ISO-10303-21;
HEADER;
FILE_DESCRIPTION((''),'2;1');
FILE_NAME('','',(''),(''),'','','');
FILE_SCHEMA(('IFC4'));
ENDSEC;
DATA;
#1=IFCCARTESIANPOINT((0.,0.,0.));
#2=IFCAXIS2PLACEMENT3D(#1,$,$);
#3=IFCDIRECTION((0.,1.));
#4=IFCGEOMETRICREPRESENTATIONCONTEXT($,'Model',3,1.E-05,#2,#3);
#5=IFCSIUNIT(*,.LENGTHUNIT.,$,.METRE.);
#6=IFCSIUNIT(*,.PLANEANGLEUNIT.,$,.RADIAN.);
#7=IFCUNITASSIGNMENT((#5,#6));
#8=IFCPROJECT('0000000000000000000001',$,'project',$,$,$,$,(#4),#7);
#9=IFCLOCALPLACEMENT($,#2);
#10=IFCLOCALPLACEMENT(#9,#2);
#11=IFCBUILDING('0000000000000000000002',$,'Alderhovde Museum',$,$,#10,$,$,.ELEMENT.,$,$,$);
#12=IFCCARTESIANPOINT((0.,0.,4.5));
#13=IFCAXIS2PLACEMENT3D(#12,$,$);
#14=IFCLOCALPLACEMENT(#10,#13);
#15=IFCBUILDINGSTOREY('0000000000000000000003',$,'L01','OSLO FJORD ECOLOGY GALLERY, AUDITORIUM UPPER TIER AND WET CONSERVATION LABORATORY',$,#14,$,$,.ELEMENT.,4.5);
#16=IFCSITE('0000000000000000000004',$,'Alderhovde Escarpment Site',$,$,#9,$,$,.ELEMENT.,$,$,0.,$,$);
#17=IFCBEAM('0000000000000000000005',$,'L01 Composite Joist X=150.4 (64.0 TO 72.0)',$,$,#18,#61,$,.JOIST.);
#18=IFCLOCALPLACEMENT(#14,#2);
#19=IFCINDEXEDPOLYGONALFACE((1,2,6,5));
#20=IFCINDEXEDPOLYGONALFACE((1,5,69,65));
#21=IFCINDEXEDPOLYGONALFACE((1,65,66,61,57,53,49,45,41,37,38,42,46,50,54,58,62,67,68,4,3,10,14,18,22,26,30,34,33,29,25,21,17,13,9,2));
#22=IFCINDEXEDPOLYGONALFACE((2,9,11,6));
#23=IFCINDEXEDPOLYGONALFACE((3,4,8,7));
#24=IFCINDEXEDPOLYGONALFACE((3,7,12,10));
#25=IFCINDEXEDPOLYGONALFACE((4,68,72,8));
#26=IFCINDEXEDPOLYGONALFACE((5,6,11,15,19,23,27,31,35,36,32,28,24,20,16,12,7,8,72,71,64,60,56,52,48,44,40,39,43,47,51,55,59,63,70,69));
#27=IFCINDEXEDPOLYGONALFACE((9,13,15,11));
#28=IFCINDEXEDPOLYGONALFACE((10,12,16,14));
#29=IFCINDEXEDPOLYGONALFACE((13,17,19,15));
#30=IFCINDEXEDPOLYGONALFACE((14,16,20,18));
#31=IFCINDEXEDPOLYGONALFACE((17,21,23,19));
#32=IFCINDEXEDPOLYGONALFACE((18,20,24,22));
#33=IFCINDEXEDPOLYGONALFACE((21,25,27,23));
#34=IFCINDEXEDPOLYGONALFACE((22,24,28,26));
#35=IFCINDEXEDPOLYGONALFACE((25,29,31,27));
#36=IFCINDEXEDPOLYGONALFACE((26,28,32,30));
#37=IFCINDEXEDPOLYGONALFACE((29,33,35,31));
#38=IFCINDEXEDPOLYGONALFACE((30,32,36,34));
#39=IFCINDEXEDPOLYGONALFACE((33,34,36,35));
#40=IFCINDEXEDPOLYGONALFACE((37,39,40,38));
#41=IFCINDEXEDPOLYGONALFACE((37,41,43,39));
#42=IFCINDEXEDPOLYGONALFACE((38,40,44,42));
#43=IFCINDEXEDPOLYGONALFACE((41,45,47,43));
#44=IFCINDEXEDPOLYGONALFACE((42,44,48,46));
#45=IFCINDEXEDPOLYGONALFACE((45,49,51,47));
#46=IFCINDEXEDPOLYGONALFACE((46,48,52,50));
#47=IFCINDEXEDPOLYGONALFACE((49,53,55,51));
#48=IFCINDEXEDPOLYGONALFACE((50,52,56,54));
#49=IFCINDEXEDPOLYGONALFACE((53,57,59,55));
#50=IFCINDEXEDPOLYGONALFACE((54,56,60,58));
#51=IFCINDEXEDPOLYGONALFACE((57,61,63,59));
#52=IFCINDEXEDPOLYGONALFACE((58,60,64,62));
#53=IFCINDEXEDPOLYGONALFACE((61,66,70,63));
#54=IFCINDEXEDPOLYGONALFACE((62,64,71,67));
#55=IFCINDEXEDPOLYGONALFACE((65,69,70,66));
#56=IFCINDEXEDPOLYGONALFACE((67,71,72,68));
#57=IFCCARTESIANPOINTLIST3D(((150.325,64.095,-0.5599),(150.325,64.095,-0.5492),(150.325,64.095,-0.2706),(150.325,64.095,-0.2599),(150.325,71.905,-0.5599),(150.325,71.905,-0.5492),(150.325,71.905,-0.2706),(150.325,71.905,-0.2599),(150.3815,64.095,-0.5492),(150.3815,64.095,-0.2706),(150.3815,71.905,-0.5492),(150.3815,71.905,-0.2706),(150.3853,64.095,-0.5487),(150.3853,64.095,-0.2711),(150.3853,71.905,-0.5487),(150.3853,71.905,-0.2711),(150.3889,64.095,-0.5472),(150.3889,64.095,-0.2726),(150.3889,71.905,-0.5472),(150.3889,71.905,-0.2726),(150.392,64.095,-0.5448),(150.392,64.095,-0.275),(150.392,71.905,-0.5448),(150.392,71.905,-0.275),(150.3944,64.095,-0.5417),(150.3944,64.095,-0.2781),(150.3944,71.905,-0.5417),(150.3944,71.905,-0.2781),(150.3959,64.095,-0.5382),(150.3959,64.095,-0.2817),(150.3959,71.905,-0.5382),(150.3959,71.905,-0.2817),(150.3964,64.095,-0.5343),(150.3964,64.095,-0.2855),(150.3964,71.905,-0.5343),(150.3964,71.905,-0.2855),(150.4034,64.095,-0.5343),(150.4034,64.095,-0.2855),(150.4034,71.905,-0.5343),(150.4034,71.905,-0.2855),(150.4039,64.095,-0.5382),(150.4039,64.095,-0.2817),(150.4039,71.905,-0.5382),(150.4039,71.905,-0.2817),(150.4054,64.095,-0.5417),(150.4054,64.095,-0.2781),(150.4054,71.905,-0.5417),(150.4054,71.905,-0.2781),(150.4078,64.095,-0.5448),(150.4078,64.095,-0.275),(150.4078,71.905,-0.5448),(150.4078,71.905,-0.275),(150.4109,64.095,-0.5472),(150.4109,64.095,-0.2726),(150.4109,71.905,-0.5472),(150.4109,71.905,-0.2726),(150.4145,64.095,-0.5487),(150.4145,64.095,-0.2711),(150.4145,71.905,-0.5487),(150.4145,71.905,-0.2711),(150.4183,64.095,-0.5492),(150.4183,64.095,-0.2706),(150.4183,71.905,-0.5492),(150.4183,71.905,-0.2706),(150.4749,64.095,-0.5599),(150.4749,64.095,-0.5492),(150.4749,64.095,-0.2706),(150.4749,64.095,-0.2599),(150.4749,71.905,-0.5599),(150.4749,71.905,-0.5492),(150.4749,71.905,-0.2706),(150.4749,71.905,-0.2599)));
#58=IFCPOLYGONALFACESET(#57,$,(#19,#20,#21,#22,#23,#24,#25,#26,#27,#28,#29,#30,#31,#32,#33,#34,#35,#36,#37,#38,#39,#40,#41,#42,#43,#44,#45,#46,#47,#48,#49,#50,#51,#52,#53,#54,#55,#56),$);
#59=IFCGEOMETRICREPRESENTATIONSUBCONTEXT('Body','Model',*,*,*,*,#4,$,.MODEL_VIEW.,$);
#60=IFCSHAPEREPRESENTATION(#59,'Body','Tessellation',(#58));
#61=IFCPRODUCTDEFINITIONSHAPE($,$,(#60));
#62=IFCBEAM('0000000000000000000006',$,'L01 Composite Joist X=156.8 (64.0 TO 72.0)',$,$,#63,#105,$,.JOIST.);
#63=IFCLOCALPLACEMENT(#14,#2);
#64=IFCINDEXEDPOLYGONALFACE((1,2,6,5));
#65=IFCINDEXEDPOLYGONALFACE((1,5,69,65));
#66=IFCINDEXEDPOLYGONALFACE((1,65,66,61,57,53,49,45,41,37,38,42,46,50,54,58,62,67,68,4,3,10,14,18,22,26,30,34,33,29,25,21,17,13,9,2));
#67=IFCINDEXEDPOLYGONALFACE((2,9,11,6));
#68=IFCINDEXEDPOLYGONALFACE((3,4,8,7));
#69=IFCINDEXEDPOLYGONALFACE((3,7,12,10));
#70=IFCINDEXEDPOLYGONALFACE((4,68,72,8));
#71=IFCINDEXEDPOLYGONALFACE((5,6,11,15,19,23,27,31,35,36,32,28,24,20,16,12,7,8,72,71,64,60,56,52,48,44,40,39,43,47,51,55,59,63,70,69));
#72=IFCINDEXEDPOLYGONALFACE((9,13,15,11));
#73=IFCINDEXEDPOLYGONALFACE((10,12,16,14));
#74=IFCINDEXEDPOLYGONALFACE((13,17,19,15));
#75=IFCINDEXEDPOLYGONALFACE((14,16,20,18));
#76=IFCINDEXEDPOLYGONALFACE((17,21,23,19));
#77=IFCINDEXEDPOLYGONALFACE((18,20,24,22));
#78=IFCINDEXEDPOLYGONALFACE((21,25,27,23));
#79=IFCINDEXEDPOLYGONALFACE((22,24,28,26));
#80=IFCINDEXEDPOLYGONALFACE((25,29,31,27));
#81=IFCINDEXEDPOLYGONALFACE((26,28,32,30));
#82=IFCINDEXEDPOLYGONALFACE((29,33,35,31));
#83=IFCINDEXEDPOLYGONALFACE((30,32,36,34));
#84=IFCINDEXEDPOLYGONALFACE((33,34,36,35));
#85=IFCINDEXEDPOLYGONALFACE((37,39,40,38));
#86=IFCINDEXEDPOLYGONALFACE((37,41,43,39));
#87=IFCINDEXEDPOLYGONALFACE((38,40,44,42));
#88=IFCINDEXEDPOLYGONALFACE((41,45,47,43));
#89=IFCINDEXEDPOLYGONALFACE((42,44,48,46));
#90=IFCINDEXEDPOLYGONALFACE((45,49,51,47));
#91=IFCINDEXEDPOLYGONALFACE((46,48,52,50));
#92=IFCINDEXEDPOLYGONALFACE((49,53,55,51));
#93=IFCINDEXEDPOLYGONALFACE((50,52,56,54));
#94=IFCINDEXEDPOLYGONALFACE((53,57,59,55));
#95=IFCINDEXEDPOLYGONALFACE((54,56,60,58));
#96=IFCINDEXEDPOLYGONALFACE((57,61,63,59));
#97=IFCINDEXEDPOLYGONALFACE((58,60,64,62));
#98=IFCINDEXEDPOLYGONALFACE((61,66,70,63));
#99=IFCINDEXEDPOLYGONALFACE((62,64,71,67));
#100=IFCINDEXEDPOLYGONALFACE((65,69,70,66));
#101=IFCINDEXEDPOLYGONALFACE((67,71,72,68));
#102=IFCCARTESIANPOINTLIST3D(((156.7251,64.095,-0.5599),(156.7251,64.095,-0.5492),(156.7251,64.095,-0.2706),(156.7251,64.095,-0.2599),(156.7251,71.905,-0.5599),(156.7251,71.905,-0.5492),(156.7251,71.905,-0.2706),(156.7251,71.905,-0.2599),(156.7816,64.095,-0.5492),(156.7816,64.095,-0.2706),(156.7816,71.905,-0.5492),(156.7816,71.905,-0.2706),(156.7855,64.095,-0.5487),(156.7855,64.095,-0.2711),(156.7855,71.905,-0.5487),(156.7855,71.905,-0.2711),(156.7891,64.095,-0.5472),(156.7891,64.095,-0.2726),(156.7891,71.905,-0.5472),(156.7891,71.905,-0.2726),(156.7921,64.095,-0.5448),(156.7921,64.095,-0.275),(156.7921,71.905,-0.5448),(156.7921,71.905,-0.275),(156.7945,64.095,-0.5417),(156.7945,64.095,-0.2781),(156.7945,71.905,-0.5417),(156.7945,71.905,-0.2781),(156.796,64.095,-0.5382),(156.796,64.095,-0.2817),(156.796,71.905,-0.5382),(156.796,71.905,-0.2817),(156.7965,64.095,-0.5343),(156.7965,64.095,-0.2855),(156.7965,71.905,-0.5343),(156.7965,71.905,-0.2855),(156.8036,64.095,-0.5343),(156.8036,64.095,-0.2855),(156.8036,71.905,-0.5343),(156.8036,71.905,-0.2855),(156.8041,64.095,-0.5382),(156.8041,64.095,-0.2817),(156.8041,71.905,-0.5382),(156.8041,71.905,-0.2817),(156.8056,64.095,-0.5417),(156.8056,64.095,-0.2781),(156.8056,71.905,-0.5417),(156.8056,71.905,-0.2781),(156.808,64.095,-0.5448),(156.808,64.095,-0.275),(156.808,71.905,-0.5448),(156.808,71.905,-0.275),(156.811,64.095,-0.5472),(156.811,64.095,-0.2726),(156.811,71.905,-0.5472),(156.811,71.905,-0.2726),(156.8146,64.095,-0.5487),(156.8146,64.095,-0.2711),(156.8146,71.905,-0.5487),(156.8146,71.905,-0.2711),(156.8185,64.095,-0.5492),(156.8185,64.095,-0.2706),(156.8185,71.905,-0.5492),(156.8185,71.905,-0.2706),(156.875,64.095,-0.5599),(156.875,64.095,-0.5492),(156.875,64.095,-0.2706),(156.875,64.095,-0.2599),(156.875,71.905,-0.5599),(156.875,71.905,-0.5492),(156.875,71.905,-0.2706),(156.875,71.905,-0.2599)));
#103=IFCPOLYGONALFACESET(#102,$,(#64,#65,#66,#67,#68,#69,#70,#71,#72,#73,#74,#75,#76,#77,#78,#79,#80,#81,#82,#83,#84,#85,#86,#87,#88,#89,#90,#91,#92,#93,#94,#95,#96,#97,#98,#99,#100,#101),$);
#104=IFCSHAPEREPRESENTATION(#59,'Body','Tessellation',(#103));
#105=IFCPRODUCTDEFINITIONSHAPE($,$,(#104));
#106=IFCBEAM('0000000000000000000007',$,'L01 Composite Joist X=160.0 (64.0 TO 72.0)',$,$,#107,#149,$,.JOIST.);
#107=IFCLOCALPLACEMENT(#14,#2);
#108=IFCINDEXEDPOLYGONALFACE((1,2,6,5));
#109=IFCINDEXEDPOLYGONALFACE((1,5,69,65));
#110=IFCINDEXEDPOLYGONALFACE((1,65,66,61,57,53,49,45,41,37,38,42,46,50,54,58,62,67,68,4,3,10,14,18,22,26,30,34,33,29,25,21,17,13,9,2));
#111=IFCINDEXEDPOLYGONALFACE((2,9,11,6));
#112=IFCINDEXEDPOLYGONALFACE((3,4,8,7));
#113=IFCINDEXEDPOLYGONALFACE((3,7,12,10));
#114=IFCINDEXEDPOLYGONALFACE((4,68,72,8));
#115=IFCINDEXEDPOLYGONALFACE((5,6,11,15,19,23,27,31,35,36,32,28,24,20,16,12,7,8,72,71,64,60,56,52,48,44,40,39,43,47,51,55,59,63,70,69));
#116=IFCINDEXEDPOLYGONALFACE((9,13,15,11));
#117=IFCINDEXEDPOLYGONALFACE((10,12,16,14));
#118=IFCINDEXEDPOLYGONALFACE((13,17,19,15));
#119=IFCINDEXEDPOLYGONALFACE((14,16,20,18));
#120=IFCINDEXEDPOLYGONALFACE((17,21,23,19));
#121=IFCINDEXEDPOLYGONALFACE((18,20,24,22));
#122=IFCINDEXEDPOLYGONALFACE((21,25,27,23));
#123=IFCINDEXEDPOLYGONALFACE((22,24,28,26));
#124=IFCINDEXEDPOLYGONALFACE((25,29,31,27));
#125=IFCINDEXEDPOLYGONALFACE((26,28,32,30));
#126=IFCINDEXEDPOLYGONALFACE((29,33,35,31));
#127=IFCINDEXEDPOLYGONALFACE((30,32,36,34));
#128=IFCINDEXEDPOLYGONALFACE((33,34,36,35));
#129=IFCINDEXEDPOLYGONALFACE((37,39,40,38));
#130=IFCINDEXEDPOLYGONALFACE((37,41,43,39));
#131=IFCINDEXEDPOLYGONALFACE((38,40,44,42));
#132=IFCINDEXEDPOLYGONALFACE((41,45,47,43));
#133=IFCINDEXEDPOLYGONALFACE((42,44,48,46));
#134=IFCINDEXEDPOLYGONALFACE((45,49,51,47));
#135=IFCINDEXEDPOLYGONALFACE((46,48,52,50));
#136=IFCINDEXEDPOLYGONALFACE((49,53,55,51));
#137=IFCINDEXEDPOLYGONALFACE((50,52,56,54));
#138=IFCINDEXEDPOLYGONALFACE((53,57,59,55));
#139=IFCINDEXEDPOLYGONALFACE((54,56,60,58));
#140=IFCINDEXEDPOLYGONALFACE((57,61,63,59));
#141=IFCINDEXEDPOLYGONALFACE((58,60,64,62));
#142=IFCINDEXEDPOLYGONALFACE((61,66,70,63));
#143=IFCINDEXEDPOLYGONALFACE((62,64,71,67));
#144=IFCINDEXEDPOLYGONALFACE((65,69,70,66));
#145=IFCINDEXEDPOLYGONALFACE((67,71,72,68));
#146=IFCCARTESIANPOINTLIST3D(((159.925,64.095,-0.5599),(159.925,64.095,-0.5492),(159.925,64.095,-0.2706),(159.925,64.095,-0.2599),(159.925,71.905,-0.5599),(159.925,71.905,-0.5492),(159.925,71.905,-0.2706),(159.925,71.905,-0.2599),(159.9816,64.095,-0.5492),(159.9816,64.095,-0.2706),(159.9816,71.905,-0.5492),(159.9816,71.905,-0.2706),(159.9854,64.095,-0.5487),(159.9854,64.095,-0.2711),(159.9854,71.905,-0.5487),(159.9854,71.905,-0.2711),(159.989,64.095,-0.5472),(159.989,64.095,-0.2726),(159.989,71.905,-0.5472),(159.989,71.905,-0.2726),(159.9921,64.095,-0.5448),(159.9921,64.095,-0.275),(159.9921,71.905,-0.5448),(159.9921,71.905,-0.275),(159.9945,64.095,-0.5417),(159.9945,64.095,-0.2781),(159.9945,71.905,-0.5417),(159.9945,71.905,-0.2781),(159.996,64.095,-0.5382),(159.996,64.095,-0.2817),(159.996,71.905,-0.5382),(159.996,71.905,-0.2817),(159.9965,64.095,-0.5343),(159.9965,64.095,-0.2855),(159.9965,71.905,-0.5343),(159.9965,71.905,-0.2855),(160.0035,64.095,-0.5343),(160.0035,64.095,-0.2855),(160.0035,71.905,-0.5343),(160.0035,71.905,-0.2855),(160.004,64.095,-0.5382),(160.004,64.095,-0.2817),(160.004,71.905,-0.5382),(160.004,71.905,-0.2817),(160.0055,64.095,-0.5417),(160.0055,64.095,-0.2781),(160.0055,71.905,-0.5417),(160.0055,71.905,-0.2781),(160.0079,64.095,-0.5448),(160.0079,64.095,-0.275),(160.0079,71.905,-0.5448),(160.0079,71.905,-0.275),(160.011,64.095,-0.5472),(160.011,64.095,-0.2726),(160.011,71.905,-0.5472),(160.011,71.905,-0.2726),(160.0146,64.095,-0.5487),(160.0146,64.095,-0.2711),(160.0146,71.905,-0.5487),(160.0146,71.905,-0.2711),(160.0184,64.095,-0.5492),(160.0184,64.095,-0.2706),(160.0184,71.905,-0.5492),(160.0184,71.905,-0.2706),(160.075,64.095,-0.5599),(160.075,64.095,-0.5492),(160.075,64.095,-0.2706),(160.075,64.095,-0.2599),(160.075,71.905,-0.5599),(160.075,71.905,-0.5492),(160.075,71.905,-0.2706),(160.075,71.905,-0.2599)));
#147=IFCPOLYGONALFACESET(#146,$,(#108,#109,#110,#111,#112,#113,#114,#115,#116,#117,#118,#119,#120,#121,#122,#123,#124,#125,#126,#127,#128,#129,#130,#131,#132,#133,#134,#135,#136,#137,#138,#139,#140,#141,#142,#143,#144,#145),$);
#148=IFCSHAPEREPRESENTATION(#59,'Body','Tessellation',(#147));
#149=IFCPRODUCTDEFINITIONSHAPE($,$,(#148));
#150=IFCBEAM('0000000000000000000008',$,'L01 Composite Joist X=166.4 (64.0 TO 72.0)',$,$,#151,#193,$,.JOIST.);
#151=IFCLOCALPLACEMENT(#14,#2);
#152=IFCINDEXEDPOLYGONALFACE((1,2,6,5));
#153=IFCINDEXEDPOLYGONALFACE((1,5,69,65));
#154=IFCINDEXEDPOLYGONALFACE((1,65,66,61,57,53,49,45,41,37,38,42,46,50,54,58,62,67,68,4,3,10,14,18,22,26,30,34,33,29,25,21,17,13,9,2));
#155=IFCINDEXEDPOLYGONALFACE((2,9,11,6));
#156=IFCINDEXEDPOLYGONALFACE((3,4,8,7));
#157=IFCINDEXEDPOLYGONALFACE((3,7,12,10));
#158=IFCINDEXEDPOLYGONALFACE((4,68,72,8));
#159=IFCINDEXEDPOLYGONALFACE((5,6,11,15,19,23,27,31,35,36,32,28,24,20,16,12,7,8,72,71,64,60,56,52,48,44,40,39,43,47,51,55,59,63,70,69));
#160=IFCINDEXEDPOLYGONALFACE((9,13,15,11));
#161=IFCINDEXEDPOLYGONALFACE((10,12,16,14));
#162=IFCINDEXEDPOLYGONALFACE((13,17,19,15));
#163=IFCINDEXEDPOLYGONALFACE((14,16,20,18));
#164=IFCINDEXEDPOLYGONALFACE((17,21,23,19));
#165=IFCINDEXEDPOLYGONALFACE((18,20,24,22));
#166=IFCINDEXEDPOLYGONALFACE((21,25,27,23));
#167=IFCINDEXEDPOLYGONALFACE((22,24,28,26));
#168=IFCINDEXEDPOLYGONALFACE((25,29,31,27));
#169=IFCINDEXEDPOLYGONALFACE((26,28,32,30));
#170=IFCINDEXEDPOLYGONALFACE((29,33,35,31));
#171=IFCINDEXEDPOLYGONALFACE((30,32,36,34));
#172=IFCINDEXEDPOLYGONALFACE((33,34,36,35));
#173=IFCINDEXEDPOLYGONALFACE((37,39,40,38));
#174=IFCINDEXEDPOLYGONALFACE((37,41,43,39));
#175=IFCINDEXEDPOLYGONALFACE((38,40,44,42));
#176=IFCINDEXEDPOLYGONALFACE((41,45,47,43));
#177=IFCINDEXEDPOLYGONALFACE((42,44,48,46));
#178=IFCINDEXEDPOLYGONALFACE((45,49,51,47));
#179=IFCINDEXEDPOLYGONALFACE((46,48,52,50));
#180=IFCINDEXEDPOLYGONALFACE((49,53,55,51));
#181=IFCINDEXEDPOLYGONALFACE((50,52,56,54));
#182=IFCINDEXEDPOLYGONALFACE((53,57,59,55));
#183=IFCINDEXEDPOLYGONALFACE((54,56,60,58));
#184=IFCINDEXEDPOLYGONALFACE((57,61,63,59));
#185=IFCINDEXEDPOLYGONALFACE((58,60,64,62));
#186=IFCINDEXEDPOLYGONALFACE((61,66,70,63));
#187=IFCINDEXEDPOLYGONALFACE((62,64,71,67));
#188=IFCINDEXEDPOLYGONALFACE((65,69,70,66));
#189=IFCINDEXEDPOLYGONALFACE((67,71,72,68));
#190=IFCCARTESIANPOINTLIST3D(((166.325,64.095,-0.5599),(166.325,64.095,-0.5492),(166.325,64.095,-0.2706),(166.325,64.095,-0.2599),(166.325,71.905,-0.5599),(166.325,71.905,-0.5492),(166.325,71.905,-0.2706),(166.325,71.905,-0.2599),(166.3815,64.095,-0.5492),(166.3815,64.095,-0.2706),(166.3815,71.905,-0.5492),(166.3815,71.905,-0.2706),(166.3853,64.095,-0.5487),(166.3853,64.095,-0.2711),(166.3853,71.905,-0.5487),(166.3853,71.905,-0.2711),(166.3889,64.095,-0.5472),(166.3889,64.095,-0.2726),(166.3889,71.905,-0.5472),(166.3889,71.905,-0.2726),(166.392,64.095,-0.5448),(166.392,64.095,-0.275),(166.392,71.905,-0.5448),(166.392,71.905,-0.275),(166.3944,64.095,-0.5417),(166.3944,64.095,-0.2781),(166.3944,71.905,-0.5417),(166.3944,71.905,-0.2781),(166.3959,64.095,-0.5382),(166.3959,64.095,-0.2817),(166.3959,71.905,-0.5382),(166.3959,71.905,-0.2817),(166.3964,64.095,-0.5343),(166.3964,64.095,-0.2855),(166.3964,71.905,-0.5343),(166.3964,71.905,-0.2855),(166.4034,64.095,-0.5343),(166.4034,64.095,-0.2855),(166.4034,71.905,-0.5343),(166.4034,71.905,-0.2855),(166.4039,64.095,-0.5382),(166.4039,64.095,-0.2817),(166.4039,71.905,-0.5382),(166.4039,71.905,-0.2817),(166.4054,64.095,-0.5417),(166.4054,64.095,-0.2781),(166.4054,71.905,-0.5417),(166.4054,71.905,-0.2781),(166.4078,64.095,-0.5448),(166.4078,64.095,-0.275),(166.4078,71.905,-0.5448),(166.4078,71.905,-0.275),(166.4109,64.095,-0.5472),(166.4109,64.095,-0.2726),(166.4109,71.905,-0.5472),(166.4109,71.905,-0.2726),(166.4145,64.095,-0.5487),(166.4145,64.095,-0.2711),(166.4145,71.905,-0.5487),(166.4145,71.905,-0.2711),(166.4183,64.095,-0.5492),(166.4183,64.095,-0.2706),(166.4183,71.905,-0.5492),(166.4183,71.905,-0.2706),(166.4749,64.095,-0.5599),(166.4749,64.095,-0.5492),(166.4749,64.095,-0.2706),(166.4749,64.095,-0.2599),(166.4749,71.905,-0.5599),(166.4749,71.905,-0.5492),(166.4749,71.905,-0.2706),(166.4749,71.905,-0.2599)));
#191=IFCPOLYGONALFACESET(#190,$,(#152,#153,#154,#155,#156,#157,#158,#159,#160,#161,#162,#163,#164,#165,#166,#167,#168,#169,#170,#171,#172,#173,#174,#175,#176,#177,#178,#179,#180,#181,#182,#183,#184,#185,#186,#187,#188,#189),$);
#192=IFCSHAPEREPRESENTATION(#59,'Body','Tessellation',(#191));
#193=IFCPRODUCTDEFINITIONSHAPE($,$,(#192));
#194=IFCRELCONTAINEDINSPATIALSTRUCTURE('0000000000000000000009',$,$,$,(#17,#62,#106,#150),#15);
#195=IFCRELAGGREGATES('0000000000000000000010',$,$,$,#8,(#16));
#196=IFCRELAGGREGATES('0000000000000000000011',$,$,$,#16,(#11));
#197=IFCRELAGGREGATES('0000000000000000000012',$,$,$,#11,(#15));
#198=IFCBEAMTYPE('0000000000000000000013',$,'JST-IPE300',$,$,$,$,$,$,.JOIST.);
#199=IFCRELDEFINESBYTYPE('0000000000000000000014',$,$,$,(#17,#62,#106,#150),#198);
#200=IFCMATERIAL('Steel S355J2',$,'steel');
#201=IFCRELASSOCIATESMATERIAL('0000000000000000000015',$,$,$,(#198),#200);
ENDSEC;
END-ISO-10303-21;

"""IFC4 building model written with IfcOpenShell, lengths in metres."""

from ifc_helpers import new_model, si_unit, direction, frame, origin, origin_2d, place, context, subcontext, project, spatial, i_section, extrude, material, material_profile, profile_set, type_object, element, save


model = new_model("IFC4")

# Units and contexts
model_context = context("Model", 3, precision=1e-05, world=origin(), true_north=direction((0.0, 1.0)))
body_context = subcontext(model_context, "Body", "Model", "MODEL_VIEW")
ifc_project = project(units=[si_unit("LENGTHUNIT", "METRE"), si_unit("PLANEANGLEUNIT", "RADIAN")], contexts=[model_context])

# Site, building, storey
site_placement = place(None, origin())
site = spatial("IfcSite", under=ifc_project, at=site_placement, Name="Alderhovde Escarpment Site", CompositionType="ELEMENT", RefElevation=0.0)
building_placement = place(site_placement, origin())
building = spatial("IfcBuilding", under=site, at=building_placement, Name="Alderhovde Museum", CompositionType="ELEMENT")
storey_placement = place(building_placement, frame((0.0, 0.0, 4.5)))
storey = spatial("IfcBuildingStorey", under=building, at=storey_placement, Name="L01", Description="OSLO FJORD ECOLOGY GALLERY, AUDITORIUM UPPER TIER AND WET CONSERVATION LABORATORY", CompositionType="ELEMENT", Elevation=4.5)

# Beams
ifc_material_1 = material(Name="Steel S355J2", Category="steel")
ifc_material_profile_1 = material_profile(ifc_material_1, i_section(OverallWidth=0.1499, OverallDepth=0.3, WebThickness=0.0071, FlangeThickness=0.0107, FilletRadius=0.0149, at=origin_2d()), Name="IPE 300")
ifc_profile_set_1 = profile_set([ifc_material_profile_1], Name="Steel S355J2")
beam_type_1 = type_object("IfcBeamType", Name="JST-IPE300", PredefinedType="JOIST", material=ifc_profile_set_1)
for number, where, z_axis, x_axis, name in (
    (1, (150.3999, 64.095, -0.4099), (0.0, 1.0, 0.0), (-1.0, 0.0, 0.0), "L01 Composite Joist X=150.4 (64.0 TO 72.0)"),
    (2, (156.8, 64.095, -0.4099), (0.0, 1.0, 0.0), (-1.0, 0.0, 0.0), "L01 Composite Joist X=156.8 (64.0 TO 72.0)"),
    (3, (160.0, 64.095, -0.4099), (0.0, 1.0, 0.0), (-1.0, 0.0, 0.0), "L01 Composite Joist X=160.0 (64.0 TO 72.0)"),
    (4, (166.3999, 64.095, -0.4099), (0.0, 1.0, 0.0), (-1.0, 0.0, 0.0), "L01 Composite Joist X=166.4 (64.0 TO 72.0)"),
):
    element("IfcBeam", number, at=place(storey_placement, frame(where, z_axis=z_axis, x_axis=x_axis)), inside=storey, type_object=beam_type_1, Name=name, PredefinedType="JOIST", context=body_context, shape_type="SweptSolid", body=[
        extrude(i_section(OverallWidth=0.1499, OverallDepth=0.3, WebThickness=0.0071, FlangeThickness=0.0107, FilletRadius=0.0149, at=origin_2d()), origin(), (0.0, 0.0, 1.0), 7.8101),
    ])

save(model, "model.ifc")
